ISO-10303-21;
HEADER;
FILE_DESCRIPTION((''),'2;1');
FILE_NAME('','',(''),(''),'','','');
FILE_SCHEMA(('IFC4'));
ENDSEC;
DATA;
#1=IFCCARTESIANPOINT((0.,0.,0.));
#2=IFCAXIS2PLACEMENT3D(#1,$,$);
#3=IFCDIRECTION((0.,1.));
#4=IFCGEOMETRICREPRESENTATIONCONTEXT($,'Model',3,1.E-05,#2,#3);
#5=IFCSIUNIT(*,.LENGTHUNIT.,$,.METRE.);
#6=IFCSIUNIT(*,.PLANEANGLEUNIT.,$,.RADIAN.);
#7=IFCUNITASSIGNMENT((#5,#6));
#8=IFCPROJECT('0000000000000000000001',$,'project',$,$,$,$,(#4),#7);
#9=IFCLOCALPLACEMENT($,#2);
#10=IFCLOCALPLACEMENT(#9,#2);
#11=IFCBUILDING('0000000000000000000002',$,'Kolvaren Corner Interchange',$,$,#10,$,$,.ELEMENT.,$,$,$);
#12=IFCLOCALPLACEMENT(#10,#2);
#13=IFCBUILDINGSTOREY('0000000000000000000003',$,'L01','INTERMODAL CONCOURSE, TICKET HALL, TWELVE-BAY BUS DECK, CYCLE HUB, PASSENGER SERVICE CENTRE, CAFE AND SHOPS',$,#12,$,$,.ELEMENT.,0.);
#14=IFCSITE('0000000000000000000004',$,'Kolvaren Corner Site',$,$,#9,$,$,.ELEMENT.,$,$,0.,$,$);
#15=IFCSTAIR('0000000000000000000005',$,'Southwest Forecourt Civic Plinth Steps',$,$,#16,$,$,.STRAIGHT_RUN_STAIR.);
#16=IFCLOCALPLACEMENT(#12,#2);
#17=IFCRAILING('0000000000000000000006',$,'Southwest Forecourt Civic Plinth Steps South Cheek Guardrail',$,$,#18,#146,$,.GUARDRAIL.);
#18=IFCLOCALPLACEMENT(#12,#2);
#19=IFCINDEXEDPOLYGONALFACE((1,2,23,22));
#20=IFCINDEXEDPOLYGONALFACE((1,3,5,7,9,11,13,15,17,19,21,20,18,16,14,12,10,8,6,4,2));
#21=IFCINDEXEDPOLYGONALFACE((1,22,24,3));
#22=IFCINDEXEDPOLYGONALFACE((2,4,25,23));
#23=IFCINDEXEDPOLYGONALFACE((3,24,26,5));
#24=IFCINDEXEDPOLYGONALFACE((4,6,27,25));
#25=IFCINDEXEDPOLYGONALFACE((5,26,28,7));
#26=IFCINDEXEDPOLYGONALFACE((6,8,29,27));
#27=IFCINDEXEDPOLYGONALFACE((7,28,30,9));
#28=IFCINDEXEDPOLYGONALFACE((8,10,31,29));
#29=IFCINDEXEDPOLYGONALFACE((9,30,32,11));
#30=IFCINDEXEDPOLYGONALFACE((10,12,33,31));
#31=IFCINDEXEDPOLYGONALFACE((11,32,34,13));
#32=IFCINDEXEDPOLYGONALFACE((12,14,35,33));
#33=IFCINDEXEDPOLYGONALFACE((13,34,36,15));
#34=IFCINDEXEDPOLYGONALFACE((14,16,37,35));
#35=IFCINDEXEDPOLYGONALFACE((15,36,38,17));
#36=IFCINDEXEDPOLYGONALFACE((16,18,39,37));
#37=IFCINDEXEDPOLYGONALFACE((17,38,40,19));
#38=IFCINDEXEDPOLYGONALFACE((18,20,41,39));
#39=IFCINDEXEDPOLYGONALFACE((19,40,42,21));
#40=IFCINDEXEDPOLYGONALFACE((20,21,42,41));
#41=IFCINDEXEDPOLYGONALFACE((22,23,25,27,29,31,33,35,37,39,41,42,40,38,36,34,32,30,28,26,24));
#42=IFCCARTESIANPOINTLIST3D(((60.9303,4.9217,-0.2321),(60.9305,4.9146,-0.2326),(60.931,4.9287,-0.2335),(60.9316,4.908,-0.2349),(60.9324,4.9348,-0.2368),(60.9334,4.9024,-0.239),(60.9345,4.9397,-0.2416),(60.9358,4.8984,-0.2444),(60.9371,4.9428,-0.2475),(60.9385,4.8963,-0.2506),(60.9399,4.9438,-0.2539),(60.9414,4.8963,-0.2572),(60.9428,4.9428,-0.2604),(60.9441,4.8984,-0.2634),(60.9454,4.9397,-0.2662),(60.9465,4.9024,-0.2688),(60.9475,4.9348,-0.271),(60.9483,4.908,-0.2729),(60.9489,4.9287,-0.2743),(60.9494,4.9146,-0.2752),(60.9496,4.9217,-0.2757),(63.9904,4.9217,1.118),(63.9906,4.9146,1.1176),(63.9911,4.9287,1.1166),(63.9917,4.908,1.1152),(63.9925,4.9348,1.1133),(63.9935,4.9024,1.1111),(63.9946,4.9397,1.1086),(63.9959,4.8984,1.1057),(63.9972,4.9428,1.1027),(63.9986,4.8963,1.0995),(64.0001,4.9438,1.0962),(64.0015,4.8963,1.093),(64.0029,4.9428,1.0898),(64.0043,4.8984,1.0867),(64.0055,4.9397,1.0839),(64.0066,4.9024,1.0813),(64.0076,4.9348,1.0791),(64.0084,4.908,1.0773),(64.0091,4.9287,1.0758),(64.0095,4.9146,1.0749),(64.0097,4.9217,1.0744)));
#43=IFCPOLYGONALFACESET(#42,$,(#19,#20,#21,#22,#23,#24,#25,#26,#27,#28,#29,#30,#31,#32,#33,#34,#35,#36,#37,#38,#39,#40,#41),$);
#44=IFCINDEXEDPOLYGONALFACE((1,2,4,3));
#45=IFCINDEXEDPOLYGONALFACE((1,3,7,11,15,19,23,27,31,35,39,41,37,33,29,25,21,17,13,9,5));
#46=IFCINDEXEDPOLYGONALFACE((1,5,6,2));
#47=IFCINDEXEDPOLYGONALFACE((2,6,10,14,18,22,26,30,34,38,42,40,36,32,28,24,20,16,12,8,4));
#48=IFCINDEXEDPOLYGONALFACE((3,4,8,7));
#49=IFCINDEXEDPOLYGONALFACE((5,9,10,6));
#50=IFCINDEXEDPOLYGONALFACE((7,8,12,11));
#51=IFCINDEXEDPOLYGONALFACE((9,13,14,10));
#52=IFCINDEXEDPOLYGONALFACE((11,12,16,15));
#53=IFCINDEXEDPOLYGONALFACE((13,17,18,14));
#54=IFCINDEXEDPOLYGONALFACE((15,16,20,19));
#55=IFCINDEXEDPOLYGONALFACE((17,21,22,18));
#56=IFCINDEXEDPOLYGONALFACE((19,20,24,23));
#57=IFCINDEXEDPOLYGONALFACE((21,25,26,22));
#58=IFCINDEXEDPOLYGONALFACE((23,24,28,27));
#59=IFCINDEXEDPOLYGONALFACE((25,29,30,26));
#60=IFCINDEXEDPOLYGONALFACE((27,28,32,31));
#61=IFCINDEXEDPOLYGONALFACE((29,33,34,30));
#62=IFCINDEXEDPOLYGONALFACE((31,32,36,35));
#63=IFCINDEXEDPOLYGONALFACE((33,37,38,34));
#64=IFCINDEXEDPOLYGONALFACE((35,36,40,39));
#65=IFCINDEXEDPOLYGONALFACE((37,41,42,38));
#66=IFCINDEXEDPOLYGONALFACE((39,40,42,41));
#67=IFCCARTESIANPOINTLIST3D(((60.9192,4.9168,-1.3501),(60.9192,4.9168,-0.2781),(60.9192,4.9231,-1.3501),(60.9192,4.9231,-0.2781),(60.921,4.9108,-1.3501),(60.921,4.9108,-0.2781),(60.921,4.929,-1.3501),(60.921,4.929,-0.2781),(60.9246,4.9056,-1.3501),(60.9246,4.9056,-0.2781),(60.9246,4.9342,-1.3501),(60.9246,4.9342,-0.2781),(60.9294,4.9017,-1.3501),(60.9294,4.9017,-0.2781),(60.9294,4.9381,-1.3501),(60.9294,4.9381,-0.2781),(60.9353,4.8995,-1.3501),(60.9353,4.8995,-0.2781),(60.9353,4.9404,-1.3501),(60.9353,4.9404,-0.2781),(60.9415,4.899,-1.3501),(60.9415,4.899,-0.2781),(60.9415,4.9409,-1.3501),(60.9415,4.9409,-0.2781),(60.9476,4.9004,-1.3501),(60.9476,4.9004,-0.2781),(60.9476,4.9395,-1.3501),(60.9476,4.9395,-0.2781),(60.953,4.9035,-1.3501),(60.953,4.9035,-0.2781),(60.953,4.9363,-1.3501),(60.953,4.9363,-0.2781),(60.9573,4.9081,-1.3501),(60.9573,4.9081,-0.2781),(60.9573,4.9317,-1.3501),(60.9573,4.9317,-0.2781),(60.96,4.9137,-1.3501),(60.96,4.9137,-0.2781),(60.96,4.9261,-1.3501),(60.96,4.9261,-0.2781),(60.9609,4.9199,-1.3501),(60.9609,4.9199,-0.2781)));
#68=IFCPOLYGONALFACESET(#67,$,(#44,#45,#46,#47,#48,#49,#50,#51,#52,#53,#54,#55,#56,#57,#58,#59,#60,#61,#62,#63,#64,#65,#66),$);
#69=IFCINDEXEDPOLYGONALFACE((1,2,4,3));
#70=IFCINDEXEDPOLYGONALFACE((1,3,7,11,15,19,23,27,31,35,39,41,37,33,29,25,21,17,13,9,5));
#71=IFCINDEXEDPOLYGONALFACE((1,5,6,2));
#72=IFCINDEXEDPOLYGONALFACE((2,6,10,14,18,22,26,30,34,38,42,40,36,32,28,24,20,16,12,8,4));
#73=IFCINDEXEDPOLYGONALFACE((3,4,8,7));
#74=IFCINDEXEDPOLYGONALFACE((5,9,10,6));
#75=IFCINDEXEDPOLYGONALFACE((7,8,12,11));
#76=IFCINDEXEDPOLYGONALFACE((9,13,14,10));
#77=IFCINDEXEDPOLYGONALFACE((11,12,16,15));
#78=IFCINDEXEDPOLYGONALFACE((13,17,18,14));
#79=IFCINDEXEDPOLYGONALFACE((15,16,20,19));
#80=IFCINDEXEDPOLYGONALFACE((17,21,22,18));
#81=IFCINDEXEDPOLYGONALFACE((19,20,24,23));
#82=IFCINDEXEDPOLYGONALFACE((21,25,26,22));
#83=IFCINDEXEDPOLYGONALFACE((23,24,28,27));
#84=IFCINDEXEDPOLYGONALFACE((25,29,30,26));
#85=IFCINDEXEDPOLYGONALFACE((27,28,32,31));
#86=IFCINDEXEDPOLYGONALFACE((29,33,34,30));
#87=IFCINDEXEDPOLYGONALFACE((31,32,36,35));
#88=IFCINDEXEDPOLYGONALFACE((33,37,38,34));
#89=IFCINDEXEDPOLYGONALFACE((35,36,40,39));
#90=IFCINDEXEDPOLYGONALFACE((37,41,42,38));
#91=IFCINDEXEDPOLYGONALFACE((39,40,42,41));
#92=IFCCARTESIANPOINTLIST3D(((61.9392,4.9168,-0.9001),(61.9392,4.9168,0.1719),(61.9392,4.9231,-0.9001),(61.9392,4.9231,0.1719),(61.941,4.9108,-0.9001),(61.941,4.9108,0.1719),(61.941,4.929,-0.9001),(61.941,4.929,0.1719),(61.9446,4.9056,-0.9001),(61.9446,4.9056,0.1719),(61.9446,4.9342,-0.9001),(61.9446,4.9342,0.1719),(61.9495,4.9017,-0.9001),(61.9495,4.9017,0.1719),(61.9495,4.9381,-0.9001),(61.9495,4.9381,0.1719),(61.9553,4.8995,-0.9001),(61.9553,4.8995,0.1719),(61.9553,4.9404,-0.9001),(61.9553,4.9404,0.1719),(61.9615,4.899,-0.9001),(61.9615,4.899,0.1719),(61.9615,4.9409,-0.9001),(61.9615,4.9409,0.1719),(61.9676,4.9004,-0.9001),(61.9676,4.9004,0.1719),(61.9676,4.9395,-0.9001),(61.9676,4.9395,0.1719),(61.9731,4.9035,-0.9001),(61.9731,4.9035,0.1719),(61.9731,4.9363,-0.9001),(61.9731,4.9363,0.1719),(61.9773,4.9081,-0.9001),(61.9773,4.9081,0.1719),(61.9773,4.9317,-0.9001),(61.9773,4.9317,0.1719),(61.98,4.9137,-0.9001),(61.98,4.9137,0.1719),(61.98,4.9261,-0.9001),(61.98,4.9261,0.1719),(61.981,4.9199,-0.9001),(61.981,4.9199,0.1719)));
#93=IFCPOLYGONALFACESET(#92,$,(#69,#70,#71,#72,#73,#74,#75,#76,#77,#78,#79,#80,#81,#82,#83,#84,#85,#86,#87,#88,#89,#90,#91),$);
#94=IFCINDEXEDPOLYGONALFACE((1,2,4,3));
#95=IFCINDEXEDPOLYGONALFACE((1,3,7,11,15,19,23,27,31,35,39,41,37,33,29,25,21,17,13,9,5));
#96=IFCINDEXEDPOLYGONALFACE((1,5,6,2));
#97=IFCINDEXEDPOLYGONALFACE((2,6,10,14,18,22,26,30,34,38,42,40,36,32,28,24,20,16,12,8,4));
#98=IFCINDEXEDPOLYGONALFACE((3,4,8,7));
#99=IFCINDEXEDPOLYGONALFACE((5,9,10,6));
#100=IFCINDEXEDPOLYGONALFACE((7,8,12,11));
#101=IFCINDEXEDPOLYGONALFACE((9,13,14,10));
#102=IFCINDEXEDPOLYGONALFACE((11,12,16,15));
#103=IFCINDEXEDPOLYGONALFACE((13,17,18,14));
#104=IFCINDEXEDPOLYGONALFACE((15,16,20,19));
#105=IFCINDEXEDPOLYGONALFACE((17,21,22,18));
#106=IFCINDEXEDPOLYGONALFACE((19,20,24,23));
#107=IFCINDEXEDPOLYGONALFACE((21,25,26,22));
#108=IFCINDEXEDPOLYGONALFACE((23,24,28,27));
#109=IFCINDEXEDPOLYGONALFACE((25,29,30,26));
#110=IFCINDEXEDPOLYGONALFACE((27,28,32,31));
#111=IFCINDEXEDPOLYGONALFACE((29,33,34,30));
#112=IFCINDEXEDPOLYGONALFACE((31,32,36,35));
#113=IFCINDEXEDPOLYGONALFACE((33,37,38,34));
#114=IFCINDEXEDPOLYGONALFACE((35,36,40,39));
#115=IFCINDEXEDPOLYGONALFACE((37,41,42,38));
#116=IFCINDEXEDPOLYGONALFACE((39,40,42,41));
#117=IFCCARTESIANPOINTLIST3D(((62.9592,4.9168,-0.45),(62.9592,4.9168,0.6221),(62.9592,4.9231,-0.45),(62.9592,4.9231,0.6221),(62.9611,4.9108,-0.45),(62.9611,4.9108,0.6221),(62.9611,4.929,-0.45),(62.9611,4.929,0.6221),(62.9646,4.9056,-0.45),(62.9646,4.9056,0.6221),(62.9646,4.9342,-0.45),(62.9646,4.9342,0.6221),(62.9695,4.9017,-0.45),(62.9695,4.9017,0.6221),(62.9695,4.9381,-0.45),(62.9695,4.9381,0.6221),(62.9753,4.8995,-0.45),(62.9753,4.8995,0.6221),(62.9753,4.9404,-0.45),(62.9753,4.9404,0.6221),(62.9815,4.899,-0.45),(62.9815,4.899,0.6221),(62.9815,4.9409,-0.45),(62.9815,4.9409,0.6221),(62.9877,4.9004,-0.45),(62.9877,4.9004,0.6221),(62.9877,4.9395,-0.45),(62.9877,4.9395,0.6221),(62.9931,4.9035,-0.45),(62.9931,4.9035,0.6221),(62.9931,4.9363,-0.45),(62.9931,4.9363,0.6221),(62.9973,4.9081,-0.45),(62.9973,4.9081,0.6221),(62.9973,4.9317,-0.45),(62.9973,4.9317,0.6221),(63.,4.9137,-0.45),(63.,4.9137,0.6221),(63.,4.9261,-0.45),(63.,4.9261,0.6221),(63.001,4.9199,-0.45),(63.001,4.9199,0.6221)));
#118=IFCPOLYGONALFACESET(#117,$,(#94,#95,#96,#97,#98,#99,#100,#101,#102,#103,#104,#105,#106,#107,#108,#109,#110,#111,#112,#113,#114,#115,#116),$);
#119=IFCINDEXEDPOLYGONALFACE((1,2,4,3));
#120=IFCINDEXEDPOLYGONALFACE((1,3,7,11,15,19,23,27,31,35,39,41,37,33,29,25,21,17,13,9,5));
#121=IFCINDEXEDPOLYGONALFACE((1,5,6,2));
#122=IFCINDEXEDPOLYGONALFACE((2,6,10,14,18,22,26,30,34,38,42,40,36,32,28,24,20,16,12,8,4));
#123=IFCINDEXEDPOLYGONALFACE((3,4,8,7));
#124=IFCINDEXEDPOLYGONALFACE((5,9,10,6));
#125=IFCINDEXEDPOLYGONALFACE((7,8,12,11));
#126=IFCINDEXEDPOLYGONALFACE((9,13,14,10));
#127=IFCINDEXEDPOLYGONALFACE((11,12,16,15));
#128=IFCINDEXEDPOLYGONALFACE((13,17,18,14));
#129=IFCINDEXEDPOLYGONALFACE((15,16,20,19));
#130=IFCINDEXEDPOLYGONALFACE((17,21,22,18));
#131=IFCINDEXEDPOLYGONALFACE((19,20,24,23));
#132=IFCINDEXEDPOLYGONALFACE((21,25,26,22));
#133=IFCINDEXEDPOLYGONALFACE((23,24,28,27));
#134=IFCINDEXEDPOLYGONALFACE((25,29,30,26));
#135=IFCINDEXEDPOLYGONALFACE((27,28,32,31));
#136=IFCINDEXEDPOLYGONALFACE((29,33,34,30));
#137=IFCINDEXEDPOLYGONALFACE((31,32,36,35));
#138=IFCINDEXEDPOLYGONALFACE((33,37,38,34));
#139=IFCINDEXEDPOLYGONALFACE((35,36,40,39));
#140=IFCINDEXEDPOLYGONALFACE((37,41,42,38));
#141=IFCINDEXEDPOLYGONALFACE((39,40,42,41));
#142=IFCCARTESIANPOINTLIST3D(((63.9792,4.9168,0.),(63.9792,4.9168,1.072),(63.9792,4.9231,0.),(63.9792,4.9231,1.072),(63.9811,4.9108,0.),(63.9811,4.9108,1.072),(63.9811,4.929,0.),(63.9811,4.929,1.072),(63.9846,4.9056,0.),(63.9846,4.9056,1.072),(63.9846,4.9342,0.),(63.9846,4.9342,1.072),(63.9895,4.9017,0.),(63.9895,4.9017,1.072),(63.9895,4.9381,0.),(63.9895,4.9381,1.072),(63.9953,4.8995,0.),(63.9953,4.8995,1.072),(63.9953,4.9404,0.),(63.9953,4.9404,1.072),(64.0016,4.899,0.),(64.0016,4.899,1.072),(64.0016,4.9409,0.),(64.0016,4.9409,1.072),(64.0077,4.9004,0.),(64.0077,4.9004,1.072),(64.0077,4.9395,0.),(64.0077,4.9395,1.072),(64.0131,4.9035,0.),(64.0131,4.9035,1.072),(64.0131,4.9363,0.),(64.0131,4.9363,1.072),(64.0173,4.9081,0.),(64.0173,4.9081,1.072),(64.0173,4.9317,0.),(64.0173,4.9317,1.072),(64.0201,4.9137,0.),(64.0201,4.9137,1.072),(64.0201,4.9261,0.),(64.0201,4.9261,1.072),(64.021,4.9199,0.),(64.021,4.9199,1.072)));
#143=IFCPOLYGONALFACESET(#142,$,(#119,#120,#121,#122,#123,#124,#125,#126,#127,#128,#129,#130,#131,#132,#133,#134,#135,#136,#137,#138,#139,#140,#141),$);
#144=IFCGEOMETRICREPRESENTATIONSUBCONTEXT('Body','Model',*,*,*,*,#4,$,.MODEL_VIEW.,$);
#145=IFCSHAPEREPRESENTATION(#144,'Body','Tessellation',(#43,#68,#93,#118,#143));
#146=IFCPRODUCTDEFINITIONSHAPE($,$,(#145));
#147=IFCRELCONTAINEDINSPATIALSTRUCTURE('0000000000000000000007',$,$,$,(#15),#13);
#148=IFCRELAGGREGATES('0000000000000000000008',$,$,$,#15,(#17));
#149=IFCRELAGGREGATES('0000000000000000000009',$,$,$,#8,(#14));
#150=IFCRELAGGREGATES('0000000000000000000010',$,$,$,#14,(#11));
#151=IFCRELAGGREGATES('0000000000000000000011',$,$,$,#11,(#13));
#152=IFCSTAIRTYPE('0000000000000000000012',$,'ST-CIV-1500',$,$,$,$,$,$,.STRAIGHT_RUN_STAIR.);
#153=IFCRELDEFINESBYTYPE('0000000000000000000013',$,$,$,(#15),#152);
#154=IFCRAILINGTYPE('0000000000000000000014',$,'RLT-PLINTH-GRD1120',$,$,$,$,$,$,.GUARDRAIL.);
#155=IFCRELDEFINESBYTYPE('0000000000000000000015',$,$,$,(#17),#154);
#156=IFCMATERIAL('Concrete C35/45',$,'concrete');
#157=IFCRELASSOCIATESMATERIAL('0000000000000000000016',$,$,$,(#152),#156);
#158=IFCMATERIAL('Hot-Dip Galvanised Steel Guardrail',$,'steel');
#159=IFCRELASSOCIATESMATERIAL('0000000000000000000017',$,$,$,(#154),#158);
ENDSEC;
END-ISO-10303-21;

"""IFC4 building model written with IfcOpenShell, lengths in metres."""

from ifc_helpers import new_model, si_unit, direction, frame, origin, origin_2d, place, context, subcontext, project, spatial, circle, extrude, material, type_object, element, aggregate, save


model = new_model("IFC4")

# Units and contexts
model_context = context("Model", 3, precision=1e-05, world=origin(), true_north=direction((0.0, 1.0)))
body_context = subcontext(model_context, "Body", "Model", "MODEL_VIEW")
ifc_project = project(units=[si_unit("LENGTHUNIT", "METRE"), si_unit("PLANEANGLEUNIT", "RADIAN")], contexts=[model_context])

# Site, building, storey
site_placement = place(None, origin())
site = spatial("IfcSite", under=ifc_project, at=site_placement, Name="Kolvaren Corner Site", CompositionType="ELEMENT", RefElevation=0.0)
building_placement = place(site_placement, origin())
building = spatial("IfcBuilding", under=site, at=building_placement, Name="Kolvaren Corner Interchange", CompositionType="ELEMENT")
storey_placement = place(building_placement, origin())
storey = spatial("IfcBuildingStorey", under=building, at=storey_placement, Name="L01", Description="INTERMODAL CONCOURSE, TICKET HALL, TWELVE-BAY BUS DECK, CYCLE HUB, PASSENGER SERVICE CENTRE, CAFE AND SHOPS", CompositionType="ELEMENT", Elevation=0.0)

# Stair
ifc_material_1 = material(Name="Concrete C35/45", Category="concrete")
stair_type = type_object("IfcStairType", Name="ST-CIV-1500", PredefinedType="STRAIGHT_RUN_STAIR", material=ifc_material_1)
stair_placement = place(storey_placement, origin())
stair = element("IfcStair", 1, at=stair_placement, inside=storey, type_object=stair_type, Name="Southwest Forecourt Civic Plinth Steps", PredefinedType="STRAIGHT_RUN_STAIR")

# Shared definitions
ifc_material_2 = material(Name="Hot-Dip Galvanised Steel Guardrail", Category="steel")
railing_type_1 = type_object("IfcRailingType", Name="RLT-PLINTH-GRD1120", PredefinedType="GUARDRAIL", material=ifc_material_2)

# Railing
railing_1_placement = place(storey_placement, frame((60.9399, 4.9199, -1.3501)))
railing_1 = element("IfcRailing", 2, at=railing_1_placement, type_object=railing_type_1, Name="Southwest Forecourt Civic Plinth Steps South Cheek Guardrail", PredefinedType="GUARDRAIL", context=body_context, shape_type="SweptSolid", body=[
    extrude(circle(Radius=0.0239, at=origin_2d()), frame((0.0, 0.0, 1.0962), z_axis=(0.91491, 0.0, 0.403658), x_axis=(0.0, 1.0, 0.0)), (0.0, 0.0, 1.0), 3.3447),
    extrude(circle(Radius=0.021, at=origin_2d()), origin(), (0.0, 0.0, 1.0), 1.072),
    extrude(circle(Radius=0.021, at=origin_2d()), frame((1.02, 0.0, 0.45)), (0.0, 0.0, 1.0), 1.072),
    extrude(circle(Radius=0.021, at=origin_2d()), frame((2.04, 0.0, 0.9001)), (0.0, 0.0, 1.0), 1.072),
    extrude(circle(Radius=0.021, at=origin_2d()), frame((3.0601, 0.0, 1.3501)), (0.0, 0.0, 1.0), 1.072),
])

aggregate(stair, [railing_1])

save(model, "model.ifc")
